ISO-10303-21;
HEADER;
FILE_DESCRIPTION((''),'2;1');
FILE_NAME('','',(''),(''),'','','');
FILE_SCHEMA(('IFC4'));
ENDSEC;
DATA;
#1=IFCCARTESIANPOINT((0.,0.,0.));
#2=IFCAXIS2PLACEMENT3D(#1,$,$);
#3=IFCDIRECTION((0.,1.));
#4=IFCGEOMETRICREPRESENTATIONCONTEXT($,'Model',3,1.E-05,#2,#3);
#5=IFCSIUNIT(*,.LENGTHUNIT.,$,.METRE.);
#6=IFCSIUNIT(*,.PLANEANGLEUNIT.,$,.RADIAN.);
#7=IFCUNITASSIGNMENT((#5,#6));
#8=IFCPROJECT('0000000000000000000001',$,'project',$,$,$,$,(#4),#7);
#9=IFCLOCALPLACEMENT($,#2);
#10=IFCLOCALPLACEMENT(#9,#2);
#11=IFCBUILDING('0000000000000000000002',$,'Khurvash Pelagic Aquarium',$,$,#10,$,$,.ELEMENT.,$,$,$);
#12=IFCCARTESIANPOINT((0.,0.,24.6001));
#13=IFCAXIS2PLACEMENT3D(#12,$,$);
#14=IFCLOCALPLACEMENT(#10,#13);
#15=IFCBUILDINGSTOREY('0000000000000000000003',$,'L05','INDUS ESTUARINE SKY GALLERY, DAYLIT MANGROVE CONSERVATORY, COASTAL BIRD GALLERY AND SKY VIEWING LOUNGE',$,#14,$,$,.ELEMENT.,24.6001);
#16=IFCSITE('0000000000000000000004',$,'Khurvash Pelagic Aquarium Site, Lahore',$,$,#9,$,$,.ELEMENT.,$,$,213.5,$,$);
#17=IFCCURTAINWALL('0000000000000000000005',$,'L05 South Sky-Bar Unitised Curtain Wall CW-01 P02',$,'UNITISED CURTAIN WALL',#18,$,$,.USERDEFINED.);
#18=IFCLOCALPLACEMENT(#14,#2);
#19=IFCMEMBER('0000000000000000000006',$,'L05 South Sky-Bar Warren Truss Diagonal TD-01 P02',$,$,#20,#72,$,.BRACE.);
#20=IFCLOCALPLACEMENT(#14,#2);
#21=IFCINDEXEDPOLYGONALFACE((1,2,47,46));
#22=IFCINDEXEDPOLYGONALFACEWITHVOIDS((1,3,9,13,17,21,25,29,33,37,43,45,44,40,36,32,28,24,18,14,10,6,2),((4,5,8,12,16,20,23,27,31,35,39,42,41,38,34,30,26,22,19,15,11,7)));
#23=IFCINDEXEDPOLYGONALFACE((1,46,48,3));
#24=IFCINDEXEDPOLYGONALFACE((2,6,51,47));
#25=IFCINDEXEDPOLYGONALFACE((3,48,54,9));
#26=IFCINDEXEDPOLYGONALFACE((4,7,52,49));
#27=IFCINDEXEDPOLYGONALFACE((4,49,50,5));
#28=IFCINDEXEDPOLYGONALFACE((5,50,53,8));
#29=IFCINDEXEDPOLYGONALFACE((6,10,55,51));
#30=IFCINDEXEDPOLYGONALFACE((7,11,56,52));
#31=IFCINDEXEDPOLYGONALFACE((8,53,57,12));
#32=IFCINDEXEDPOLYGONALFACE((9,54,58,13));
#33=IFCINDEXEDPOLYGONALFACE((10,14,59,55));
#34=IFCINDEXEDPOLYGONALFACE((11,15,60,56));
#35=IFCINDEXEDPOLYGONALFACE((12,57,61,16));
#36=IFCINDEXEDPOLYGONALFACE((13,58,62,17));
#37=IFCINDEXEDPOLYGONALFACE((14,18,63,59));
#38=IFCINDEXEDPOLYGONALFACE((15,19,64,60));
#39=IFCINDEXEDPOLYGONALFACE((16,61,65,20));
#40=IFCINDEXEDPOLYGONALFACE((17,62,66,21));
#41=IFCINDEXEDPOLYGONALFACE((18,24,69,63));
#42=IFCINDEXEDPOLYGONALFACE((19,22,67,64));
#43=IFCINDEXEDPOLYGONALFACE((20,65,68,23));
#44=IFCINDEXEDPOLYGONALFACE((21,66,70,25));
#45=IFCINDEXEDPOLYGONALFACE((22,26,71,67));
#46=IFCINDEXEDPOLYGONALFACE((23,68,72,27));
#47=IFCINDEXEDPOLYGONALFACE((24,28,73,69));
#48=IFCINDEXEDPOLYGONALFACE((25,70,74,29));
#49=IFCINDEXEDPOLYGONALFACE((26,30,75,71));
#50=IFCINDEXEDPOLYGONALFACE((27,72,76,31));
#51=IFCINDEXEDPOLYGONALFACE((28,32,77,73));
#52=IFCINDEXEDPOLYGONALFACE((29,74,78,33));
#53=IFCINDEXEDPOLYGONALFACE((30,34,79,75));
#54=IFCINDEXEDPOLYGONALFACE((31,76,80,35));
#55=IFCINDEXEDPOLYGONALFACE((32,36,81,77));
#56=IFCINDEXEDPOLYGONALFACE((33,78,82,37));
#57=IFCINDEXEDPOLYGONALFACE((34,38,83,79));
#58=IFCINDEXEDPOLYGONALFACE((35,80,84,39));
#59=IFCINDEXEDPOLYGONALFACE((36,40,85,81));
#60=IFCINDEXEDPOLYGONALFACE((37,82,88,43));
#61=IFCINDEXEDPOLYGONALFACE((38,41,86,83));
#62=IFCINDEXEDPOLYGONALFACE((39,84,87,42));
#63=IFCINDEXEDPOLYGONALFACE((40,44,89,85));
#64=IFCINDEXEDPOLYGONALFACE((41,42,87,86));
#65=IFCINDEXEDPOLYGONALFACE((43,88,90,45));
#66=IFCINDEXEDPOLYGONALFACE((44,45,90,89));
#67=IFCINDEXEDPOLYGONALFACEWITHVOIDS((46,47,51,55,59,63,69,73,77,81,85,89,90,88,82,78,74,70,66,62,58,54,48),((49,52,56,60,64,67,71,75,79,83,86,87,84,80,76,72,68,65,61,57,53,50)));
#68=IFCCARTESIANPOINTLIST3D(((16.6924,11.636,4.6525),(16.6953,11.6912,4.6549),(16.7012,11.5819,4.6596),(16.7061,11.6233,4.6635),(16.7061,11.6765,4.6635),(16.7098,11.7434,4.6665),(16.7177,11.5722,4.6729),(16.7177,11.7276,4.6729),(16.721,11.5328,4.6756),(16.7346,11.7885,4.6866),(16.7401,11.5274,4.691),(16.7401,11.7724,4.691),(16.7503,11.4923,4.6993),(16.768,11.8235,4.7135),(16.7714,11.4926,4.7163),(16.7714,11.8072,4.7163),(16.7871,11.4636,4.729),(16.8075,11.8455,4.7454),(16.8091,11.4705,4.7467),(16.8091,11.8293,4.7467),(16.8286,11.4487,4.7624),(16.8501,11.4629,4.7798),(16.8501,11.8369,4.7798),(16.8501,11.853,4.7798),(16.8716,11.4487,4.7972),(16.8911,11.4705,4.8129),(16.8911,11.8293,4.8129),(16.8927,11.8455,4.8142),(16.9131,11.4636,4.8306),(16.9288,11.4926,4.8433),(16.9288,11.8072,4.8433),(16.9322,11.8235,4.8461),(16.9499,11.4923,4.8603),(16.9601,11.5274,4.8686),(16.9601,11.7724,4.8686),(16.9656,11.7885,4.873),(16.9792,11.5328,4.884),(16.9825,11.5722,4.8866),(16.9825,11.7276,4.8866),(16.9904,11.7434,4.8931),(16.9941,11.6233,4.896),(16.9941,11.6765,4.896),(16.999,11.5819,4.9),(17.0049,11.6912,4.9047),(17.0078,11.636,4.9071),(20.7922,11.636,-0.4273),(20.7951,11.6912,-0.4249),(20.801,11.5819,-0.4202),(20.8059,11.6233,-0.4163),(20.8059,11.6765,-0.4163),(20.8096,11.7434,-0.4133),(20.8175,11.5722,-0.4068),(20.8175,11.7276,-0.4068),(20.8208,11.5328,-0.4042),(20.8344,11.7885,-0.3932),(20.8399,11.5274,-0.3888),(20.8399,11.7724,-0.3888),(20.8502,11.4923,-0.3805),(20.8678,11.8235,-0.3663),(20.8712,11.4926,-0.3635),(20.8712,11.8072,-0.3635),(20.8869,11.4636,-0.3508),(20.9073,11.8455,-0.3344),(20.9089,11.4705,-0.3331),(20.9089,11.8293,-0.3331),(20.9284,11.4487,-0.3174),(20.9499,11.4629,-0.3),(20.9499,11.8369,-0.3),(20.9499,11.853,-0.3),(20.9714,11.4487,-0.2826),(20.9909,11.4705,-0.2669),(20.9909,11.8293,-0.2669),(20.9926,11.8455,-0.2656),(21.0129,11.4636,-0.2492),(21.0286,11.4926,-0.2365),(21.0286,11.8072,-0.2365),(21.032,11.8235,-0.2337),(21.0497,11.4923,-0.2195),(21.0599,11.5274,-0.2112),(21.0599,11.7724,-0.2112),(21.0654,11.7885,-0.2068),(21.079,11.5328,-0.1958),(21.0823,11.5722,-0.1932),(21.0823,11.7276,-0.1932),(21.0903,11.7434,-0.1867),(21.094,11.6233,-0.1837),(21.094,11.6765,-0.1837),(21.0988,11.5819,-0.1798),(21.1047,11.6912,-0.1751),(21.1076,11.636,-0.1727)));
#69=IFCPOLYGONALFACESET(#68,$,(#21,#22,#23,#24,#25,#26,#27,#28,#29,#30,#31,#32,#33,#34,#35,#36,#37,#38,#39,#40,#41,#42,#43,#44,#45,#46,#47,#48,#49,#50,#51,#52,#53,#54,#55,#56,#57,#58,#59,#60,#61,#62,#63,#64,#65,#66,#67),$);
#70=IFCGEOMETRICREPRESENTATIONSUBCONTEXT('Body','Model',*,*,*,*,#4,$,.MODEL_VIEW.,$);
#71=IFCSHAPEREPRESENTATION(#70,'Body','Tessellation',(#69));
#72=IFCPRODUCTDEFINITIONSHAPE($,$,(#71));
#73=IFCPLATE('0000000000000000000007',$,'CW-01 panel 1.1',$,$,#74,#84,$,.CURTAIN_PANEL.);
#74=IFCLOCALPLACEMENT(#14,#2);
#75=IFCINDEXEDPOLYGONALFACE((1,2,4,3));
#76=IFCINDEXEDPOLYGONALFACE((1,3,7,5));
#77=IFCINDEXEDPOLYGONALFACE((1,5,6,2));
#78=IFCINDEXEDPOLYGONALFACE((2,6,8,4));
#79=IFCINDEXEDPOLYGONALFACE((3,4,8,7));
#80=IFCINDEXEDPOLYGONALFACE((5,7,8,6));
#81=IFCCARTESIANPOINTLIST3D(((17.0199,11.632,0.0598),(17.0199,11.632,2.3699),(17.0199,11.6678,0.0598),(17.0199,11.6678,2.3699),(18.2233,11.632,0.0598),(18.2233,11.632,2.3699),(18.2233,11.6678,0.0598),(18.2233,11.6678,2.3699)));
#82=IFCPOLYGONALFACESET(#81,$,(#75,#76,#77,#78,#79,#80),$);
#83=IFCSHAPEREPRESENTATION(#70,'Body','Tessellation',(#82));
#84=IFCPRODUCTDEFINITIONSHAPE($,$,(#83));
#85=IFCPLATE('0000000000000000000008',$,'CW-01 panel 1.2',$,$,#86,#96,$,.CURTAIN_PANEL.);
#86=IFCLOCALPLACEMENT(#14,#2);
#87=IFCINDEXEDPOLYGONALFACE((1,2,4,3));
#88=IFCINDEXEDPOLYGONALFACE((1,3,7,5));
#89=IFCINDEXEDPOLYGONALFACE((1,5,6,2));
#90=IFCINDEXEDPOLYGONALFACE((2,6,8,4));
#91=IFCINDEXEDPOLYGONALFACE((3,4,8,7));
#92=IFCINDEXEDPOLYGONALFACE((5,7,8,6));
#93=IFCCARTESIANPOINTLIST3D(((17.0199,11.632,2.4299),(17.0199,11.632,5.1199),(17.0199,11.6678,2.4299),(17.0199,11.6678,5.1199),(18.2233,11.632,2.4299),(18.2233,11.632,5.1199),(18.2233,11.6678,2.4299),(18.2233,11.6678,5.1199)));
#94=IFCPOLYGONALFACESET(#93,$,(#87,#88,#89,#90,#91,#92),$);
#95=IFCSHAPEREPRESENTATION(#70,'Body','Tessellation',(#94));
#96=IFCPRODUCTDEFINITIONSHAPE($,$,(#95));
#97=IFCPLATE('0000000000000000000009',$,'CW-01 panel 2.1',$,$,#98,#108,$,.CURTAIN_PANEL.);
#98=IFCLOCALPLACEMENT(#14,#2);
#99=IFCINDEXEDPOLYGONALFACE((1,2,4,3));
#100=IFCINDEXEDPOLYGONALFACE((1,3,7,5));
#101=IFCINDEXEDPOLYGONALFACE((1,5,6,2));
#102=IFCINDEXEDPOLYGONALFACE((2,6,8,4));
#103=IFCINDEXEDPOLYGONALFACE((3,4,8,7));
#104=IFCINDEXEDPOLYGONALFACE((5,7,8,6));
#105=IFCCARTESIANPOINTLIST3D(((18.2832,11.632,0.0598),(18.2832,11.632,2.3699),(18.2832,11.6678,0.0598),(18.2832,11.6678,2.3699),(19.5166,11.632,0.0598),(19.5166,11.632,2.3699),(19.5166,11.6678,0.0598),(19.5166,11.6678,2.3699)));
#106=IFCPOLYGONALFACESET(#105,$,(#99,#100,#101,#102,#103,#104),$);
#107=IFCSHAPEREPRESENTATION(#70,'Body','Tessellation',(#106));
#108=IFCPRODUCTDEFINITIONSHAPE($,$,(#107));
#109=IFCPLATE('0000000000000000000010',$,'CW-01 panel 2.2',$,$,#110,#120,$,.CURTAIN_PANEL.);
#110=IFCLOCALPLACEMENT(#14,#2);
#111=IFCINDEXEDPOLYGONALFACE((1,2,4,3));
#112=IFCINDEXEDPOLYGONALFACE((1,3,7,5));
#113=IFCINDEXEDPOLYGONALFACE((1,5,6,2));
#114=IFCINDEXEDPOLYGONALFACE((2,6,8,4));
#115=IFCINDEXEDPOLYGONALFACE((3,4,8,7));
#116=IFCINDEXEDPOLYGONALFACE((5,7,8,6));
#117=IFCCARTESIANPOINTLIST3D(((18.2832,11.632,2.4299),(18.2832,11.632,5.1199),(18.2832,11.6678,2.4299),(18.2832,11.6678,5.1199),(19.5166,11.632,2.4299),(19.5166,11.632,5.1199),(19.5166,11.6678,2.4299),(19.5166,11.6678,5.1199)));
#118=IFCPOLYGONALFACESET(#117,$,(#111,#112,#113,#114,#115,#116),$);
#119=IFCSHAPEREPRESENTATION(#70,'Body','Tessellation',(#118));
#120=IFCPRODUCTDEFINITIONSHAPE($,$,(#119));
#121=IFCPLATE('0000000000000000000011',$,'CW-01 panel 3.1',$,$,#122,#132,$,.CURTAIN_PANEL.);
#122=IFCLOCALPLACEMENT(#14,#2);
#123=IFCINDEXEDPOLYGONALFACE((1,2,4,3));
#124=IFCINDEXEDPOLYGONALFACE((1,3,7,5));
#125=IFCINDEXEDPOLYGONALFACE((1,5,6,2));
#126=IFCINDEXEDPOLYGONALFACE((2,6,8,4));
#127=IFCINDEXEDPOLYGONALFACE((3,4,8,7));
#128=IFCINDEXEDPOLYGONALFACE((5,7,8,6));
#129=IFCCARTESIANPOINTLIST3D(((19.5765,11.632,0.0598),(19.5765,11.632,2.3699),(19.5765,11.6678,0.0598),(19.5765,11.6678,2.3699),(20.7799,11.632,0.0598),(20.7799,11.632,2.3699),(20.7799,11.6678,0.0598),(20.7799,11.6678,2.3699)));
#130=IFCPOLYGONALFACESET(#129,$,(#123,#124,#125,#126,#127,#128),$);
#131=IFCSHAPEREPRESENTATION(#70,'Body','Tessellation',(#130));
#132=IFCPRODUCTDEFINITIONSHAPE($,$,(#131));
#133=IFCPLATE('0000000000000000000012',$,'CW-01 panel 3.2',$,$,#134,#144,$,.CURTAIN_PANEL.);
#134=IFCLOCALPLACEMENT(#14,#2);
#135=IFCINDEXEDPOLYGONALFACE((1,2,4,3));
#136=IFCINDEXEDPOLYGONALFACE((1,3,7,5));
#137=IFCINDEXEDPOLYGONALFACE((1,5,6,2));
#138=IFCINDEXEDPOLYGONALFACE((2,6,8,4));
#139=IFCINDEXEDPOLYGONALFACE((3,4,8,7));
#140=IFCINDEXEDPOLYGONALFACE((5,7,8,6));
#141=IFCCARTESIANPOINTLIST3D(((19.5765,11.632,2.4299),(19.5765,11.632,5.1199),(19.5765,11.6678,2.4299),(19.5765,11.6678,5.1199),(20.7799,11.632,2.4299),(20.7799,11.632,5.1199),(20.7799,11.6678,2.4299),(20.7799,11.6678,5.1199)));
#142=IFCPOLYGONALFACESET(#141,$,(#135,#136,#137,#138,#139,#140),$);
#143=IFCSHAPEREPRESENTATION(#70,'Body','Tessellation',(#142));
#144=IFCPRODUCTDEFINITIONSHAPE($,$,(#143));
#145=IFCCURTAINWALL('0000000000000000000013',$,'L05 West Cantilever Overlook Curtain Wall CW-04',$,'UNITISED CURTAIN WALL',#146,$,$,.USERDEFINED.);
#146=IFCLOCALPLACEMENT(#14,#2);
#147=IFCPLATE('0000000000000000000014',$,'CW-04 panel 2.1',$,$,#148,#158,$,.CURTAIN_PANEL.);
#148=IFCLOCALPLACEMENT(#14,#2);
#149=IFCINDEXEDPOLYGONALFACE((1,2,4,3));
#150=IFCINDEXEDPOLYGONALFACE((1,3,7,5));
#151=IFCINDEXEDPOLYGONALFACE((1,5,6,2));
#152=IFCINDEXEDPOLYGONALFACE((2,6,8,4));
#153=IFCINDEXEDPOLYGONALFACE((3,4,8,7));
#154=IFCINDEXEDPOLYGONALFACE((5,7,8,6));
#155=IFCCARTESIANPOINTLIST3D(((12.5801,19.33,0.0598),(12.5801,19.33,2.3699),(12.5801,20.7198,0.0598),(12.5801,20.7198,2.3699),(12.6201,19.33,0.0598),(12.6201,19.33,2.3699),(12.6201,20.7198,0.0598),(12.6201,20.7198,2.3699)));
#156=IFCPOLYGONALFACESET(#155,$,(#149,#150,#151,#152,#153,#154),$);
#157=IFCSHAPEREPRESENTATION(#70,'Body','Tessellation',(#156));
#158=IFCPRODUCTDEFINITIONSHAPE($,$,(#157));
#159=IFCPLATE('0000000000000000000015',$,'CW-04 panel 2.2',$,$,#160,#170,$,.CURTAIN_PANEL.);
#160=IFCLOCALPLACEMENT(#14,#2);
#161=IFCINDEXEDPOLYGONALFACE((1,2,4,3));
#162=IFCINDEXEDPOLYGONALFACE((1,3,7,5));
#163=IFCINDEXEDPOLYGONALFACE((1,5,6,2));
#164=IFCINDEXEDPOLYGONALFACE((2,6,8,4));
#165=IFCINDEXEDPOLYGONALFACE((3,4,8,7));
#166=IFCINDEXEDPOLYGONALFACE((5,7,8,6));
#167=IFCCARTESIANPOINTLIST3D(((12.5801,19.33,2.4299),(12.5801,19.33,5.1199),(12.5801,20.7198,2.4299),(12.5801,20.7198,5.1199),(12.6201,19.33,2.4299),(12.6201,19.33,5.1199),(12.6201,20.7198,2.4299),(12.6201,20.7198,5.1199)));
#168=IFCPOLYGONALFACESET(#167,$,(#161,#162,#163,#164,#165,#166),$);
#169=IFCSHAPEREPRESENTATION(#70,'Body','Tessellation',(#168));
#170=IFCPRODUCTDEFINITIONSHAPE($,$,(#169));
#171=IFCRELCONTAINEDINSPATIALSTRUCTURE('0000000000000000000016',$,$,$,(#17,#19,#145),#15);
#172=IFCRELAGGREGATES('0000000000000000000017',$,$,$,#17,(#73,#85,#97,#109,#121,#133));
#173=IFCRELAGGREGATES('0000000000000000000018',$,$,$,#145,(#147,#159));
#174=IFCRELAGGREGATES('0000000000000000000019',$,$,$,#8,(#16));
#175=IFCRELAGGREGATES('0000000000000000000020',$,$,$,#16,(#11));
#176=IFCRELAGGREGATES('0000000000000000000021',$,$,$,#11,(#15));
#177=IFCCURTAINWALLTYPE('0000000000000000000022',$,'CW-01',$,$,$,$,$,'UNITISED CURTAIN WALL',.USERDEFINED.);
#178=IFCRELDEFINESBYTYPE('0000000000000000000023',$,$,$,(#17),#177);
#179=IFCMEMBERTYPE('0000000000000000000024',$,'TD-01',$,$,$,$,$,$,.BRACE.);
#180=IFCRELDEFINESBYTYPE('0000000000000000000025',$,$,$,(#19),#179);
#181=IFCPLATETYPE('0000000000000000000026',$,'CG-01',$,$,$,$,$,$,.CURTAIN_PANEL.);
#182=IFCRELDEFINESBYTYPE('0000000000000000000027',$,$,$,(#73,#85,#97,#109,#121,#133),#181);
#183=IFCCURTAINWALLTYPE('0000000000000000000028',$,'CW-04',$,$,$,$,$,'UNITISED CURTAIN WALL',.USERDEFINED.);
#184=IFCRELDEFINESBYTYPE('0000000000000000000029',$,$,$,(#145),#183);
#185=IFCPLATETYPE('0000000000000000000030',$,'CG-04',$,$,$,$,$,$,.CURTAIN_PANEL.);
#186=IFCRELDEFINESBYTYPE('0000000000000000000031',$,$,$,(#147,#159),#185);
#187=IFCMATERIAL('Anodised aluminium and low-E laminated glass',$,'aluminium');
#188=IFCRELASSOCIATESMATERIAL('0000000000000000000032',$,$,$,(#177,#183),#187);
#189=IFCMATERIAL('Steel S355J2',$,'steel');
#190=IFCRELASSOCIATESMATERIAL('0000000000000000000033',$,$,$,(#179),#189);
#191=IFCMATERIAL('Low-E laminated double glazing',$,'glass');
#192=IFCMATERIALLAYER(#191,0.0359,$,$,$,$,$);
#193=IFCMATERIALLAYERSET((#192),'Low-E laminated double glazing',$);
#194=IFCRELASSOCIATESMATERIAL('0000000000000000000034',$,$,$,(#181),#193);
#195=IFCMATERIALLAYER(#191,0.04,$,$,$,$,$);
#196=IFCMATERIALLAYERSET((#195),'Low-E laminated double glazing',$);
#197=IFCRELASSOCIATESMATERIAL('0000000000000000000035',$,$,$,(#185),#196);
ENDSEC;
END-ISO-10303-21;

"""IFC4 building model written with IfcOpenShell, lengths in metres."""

from ifc_helpers import new_model, si_unit, direction, frame, origin, origin_2d, place, context, subcontext, project, spatial, rectangle, hollow_circle, extrude, material, layer, layer_set, material_profile, profile_set, type_object, element, aggregate, save


model = new_model("IFC4")

# Units and contexts
model_context = context("Model", 3, precision=1e-05, world=origin(), true_north=direction((0.0, 1.0)))
body_context = subcontext(model_context, "Body", "Model", "MODEL_VIEW")
ifc_project = project(units=[si_unit("LENGTHUNIT", "METRE"), si_unit("PLANEANGLEUNIT", "RADIAN")], contexts=[model_context])

# Site, building, storey
site_placement = place(None, origin())
site = spatial("IfcSite", under=ifc_project, at=site_placement, Name="Khurvash Pelagic Aquarium Site, Lahore", CompositionType="ELEMENT", RefElevation=213.5)
building_placement = place(site_placement, origin())
building = spatial("IfcBuilding", under=site, at=building_placement, Name="Khurvash Pelagic Aquarium", CompositionType="ELEMENT")
storey_placement = place(building_placement, frame((0.0, 0.0, 24.6001)))
storey = spatial("IfcBuildingStorey", under=building, at=storey_placement, Name="L05", Description="INDUS ESTUARINE SKY GALLERY, DAYLIT MANGROVE CONSERVATORY, COASTAL BIRD GALLERY AND SKY VIEWING LOUNGE", CompositionType="ELEMENT", Elevation=24.6001)

# Curtain wall
ifc_material_1 = material(Name="Anodised aluminium and low-E laminated glass", Category="aluminium")
curtain_wall_type_1 = type_object("IfcCurtainWallType", Name="CW-01", ElementType="UNITISED CURTAIN WALL", PredefinedType="USERDEFINED", material=ifc_material_1)
curtain_wall_1_placement = place(storey_placement, origin())
curtain_wall_1 = element("IfcCurtainWall", 1, at=curtain_wall_1_placement, inside=storey, type_object=curtain_wall_type_1, Name="L05 South Sky-Bar Unitised Curtain Wall CW-01 P02", ObjectType="UNITISED CURTAIN WALL", PredefinedType="USERDEFINED")

# Member
ifc_material_2 = material(Name="Steel S355J2", Category="steel")
ifc_material_profile_1 = material_profile(ifc_material_2, hollow_circle(Radius=0.2031, WallThickness=0.0161, at=origin_2d()), Name="CHS406X16")
ifc_profile_set_1 = profile_set([ifc_material_profile_1], Name="Steel S355J2")
member_type_1 = type_object("IfcMemberType", Name="TD-01", PredefinedType="BRACE", material=ifc_profile_set_1)
member_1_placement = place(storey_placement, frame((16.8501, 11.6499, 4.7798), z_axis=(0.628051, 0.0, -0.778172), x_axis=(0.0, 1.0, 0.0)))
element("IfcMember", 2, at=member_1_placement, inside=storey, type_object=member_type_1, Name="L05 South Sky-Bar Warren Truss Diagonal TD-01 P02", PredefinedType="BRACE", context=body_context, shape_type="SweptSolid", body=[
    extrude(hollow_circle(Radius=0.2031, WallThickness=0.0161, at=origin_2d()), origin(), (0.0, 0.0, 1.0), 6.5278),
])

# Plates
ifc_material_3 = material(Name="Low-E laminated double glazing", Category="glass")
ifc_layer_1 = layer(ifc_material_3, 0.0359)
ifc_layer_set_1 = layer_set([ifc_layer_1], Name="Low-E laminated double glazing")
plate_type_1 = type_object("IfcPlateType", Name="CG-01", PredefinedType="CURTAIN_PANEL", material=ifc_layer_set_1)
plate_1_placement = place(storey_placement, frame((17.6216, 11.6499, 0.0598), z_axis=(0.0, 0.0, 1.0), x_axis=(1.0, 0.0, 0.0)))
plate_1 = element("IfcPlate", 3, at=plate_1_placement, type_object=plate_type_1, Name="CW-01 panel 1.1", PredefinedType="CURTAIN_PANEL", context=body_context, shape_type="SweptSolid", body=[
    extrude(rectangle(XDim=1.2034, YDim=0.0359, at=origin_2d()), origin(), (0.0, 0.0, 1.0), 2.3101),
])
plate_2_placement = place(storey_placement, frame((17.6216, 11.6499, 2.4299), z_axis=(0.0, 0.0, 1.0), x_axis=(1.0, 0.0, 0.0)))
plate_2 = element("IfcPlate", 4, at=plate_2_placement, type_object=plate_type_1, Name="CW-01 panel 1.2", PredefinedType="CURTAIN_PANEL", context=body_context, shape_type="SweptSolid", body=[
    extrude(rectangle(XDim=1.2034, YDim=0.0359, at=origin_2d()), origin(), (0.0, 0.0, 1.0), 2.6899),
])
plate_3_placement = place(storey_placement, frame((18.8999, 11.6499, 0.0598), z_axis=(0.0, 0.0, 1.0), x_axis=(1.0, 0.0, 0.0)))
plate_3 = element("IfcPlate", 5, at=plate_3_placement, type_object=plate_type_1, Name="CW-01 panel 2.1", PredefinedType="CURTAIN_PANEL", context=body_context, shape_type="SweptSolid", body=[
    extrude(rectangle(XDim=1.2334, YDim=0.0359, at=origin_2d()), origin(), (0.0, 0.0, 1.0), 2.3101),
])
plate_4_placement = place(storey_placement, frame((18.8999, 11.6499, 2.4299), z_axis=(0.0, 0.0, 1.0), x_axis=(1.0, 0.0, 0.0)))
plate_4 = element("IfcPlate", 6, at=plate_4_placement, type_object=plate_type_1, Name="CW-01 panel 2.2", PredefinedType="CURTAIN_PANEL", context=body_context, shape_type="SweptSolid", body=[
    extrude(rectangle(XDim=1.2334, YDim=0.0359, at=origin_2d()), origin(), (0.0, 0.0, 1.0), 2.6899),
])
plate_5_placement = place(storey_placement, frame((20.1782, 11.6499, 0.0598), z_axis=(0.0, 0.0, 1.0), x_axis=(1.0, 0.0, 0.0)))
plate_5 = element("IfcPlate", 7, at=plate_5_placement, type_object=plate_type_1, Name="CW-01 panel 3.1", PredefinedType="CURTAIN_PANEL", context=body_context, shape_type="SweptSolid", body=[
    extrude(rectangle(XDim=1.2034, YDim=0.0359, at=origin_2d()), origin(), (0.0, 0.0, 1.0), 2.3101),
])
plate_6_placement = place(storey_placement, frame((20.1782, 11.6499, 2.4299), z_axis=(0.0, 0.0, 1.0), x_axis=(1.0, 0.0, 0.0)))
plate_6 = element("IfcPlate", 8, at=plate_6_placement, type_object=plate_type_1, Name="CW-01 panel 3.2", PredefinedType="CURTAIN_PANEL", context=body_context, shape_type="SweptSolid", body=[
    extrude(rectangle(XDim=1.2034, YDim=0.0359, at=origin_2d()), origin(), (0.0, 0.0, 1.0), 2.6899),
])
aggregate(curtain_wall_1, [plate_1, plate_2, plate_3, plate_4, plate_5, plate_6])

# Curtain wall, plates
curtain_wall_type_2 = type_object("IfcCurtainWallType", Name="CW-04", ElementType="UNITISED CURTAIN WALL", PredefinedType="USERDEFINED", material=ifc_material_1)
curtain_wall_2_placement = place(storey_placement, origin())
curtain_wall_2 = element("IfcCurtainWall", 9, at=curtain_wall_2_placement, inside=storey, type_object=curtain_wall_type_2, Name="L05 West Cantilever Overlook Curtain Wall CW-04", ObjectType="UNITISED CURTAIN WALL", PredefinedType="USERDEFINED")
ifc_layer_2 = layer(ifc_material_3, 0.04)
ifc_layer_set_2 = layer_set([ifc_layer_2], Name="Low-E laminated double glazing")
plate_type_2 = type_object("IfcPlateType", Name="CG-04", PredefinedType="CURTAIN_PANEL", material=ifc_layer_set_2)
plate_7_placement = place(storey_placement, frame((12.6001, 20.0249, 0.0598), z_axis=(0.0, 0.0, 1.0), x_axis=(0.0, 1.0, 0.0)))
plate_7 = element("IfcPlate", 10, at=plate_7_placement, type_object=plate_type_2, Name="CW-04 panel 2.1", PredefinedType="CURTAIN_PANEL", context=body_context, shape_type="SweptSolid", body=[
    extrude(rectangle(XDim=1.3899, YDim=0.04, at=origin_2d()), origin(), (0.0, 0.0, 1.0), 2.3101),
])
plate_8_placement = place(storey_placement, frame((12.6001, 20.0249, 2.4299), z_axis=(0.0, 0.0, 1.0), x_axis=(0.0, 1.0, 0.0)))
plate_8 = element("IfcPlate", 11, at=plate_8_placement, type_object=plate_type_2, Name="CW-04 panel 2.2", PredefinedType="CURTAIN_PANEL", context=body_context, shape_type="SweptSolid", body=[
    extrude(rectangle(XDim=1.3899, YDim=0.04, at=origin_2d()), origin(), (0.0, 0.0, 1.0), 2.6899),
])
aggregate(curtain_wall_2, [plate_7, plate_8])

save(model, "model.ifc")
